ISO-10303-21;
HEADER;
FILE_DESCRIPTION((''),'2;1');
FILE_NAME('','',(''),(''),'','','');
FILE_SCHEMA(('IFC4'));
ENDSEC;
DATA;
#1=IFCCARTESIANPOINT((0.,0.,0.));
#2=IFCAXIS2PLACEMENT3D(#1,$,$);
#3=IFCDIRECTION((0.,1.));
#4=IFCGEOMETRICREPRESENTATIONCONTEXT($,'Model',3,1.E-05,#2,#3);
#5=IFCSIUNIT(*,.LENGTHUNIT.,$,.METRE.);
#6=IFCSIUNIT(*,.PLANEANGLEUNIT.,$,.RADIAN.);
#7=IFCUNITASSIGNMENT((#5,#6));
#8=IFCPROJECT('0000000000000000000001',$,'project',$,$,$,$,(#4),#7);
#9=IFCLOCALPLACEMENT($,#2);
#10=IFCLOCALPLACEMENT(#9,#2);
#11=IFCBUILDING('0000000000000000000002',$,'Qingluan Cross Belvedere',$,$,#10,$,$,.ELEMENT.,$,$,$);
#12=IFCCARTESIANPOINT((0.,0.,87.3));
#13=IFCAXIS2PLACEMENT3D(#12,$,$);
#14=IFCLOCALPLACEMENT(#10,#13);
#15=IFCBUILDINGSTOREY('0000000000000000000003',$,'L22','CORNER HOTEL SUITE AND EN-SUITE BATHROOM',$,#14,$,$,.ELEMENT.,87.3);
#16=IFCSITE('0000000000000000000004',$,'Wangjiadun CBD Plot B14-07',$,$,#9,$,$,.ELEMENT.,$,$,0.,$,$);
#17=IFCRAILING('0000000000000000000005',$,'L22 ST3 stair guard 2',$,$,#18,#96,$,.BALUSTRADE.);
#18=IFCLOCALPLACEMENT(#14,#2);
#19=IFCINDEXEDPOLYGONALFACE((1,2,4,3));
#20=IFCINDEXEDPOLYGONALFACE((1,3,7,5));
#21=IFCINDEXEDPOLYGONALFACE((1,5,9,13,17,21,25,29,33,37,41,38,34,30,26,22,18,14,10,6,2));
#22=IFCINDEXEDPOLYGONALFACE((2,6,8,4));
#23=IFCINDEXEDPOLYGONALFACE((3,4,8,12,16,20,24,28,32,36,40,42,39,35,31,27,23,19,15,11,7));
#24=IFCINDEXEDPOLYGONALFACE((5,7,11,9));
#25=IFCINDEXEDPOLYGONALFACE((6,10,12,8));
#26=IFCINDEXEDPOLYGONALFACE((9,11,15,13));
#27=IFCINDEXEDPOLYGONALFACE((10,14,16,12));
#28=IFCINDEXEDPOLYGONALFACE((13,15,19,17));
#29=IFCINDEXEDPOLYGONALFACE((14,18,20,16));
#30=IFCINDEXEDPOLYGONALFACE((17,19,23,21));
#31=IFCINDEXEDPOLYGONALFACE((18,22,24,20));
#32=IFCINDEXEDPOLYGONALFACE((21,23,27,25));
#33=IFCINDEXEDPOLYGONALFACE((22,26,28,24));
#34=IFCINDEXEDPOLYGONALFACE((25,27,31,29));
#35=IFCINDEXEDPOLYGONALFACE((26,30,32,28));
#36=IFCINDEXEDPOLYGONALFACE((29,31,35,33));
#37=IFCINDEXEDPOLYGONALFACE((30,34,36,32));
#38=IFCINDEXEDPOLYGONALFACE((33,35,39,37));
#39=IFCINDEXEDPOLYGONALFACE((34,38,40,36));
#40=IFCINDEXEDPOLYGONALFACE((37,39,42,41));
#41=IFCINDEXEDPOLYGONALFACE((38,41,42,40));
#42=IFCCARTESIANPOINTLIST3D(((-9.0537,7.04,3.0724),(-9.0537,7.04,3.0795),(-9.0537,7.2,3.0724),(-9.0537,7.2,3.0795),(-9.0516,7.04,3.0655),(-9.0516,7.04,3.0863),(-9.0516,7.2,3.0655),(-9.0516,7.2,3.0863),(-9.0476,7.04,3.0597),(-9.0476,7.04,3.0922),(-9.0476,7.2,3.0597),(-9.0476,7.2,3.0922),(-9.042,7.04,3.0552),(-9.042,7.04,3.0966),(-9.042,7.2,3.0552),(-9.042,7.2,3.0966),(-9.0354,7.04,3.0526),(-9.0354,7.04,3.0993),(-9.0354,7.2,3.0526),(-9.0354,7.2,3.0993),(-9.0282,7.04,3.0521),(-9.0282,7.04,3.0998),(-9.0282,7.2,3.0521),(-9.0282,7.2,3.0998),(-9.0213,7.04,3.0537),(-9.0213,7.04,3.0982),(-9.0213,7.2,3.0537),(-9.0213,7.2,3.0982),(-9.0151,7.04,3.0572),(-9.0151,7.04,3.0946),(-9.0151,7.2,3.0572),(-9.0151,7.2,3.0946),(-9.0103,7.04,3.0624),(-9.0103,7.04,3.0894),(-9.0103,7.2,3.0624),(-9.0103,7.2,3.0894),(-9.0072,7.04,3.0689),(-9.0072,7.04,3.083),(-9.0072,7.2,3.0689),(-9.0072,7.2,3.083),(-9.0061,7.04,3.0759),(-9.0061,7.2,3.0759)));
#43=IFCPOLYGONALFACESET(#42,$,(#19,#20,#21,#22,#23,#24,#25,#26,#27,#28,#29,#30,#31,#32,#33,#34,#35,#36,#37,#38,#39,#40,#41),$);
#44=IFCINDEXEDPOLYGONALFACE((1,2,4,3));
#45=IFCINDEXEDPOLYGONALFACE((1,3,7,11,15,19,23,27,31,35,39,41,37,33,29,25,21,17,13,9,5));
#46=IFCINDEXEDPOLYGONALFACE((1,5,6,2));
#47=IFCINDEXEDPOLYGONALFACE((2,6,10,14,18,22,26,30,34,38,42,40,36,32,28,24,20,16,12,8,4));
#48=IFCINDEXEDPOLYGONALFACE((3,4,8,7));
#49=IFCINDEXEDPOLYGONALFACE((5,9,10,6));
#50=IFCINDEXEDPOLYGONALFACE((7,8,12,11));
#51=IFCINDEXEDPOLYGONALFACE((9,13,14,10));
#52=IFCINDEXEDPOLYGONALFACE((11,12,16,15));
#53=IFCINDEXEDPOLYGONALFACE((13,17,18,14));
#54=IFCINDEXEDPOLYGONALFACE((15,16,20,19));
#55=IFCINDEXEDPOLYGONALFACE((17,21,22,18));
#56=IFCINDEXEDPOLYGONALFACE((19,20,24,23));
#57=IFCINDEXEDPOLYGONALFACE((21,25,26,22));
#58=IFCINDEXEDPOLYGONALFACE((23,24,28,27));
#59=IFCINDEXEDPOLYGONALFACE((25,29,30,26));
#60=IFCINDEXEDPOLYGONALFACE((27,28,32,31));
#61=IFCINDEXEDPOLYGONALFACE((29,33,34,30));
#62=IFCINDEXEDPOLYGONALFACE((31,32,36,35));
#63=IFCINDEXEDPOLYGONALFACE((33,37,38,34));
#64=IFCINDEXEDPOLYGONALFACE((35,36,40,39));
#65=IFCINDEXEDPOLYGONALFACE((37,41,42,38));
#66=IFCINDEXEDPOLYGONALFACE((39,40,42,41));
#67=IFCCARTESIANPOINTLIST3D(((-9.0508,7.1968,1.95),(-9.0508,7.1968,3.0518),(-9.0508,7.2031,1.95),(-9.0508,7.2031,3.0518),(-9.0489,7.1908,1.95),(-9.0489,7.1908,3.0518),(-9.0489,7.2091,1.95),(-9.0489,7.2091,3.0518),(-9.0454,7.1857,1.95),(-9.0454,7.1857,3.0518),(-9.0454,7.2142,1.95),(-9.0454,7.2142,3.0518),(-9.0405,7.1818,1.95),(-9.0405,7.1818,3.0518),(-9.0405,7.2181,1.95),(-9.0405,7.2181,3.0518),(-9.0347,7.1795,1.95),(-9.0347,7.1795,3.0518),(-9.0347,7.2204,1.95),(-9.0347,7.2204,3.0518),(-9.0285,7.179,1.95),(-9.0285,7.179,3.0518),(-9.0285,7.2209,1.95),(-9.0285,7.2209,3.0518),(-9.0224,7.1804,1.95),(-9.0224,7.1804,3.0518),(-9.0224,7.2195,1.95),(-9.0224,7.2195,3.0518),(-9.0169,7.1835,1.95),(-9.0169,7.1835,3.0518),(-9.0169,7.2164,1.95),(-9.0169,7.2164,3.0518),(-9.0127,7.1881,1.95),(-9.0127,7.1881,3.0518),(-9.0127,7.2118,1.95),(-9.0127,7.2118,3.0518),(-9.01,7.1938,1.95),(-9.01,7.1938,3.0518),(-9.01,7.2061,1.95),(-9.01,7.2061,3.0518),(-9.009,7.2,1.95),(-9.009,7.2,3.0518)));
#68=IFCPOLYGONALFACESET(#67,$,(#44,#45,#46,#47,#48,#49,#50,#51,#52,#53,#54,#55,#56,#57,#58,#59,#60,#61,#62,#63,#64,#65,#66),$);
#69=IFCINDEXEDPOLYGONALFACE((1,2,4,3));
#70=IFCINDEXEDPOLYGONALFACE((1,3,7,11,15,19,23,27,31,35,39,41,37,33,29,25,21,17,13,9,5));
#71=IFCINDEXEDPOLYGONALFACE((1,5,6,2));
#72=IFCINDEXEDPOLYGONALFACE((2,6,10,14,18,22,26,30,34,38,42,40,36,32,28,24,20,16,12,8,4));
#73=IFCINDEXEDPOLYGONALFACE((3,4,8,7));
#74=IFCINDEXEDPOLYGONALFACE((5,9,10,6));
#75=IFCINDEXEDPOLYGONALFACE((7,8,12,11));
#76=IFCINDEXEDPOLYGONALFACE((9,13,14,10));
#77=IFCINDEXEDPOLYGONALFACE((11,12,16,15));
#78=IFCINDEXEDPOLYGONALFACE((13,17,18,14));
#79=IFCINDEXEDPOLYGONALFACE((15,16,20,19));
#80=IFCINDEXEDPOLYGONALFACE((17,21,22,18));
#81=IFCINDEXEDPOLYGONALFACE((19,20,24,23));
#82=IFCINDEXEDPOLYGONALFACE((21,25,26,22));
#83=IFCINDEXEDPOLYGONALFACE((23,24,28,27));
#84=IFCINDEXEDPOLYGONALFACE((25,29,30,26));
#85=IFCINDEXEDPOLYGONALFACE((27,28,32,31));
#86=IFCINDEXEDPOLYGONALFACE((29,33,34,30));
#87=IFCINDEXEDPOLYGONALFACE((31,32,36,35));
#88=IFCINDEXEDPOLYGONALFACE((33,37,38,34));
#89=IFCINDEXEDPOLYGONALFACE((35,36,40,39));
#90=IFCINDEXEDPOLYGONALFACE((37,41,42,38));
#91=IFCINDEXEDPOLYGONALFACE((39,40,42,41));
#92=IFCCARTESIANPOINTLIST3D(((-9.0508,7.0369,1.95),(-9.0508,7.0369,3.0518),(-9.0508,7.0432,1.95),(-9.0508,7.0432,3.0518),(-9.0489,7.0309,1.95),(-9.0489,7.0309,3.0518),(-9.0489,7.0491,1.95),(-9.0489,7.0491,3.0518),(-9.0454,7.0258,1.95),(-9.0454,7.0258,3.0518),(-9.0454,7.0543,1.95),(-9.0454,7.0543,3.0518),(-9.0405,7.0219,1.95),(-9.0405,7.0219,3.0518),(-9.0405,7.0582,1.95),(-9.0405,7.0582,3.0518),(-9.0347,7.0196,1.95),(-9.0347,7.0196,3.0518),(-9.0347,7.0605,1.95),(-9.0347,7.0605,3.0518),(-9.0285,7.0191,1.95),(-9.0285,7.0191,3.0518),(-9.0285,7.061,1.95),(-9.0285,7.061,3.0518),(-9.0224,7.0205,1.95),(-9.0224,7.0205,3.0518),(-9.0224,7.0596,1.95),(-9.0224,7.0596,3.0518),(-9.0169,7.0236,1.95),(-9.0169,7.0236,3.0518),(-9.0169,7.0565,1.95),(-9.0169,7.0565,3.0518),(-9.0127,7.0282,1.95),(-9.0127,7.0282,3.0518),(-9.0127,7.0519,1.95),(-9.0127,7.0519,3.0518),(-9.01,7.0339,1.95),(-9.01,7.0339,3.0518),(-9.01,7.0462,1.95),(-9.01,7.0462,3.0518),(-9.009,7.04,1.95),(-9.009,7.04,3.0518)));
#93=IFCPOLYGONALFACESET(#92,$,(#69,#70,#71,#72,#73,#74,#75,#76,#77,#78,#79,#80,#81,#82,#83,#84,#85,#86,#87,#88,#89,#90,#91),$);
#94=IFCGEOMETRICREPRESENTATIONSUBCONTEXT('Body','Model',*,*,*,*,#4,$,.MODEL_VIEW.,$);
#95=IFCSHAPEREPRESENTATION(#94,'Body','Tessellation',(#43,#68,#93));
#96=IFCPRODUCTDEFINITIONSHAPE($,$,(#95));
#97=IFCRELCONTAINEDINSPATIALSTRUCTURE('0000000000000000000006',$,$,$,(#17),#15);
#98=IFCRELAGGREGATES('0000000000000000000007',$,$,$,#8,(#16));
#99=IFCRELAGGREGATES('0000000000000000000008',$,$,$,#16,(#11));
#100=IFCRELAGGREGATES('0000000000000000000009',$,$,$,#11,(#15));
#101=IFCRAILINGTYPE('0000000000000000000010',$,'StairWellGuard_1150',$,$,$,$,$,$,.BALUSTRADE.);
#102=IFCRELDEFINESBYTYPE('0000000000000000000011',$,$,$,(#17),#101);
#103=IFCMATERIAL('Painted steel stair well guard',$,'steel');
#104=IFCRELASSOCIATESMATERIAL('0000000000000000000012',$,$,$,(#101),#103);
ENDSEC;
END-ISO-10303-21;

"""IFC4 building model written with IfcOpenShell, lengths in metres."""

from ifc_helpers import new_model, si_unit, direction, frame, origin, origin_2d, place, context, subcontext, project, spatial, circle, extrude, material, type_object, element, save


model = new_model("IFC4")

# Units and contexts
model_context = context("Model", 3, precision=1e-05, world=origin(), true_north=direction((0.0, 1.0)))
body_context = subcontext(model_context, "Body", "Model", "MODEL_VIEW")
ifc_project = project(units=[si_unit("LENGTHUNIT", "METRE"), si_unit("PLANEANGLEUNIT", "RADIAN")], contexts=[model_context])

# Site, building, storey
site_placement = place(None, origin())
site = spatial("IfcSite", under=ifc_project, at=site_placement, Name="Wangjiadun CBD Plot B14-07", CompositionType="ELEMENT", RefElevation=0.0)
building_placement = place(site_placement, origin())
building = spatial("IfcBuilding", under=site, at=building_placement, Name="Qingluan Cross Belvedere", CompositionType="ELEMENT")
storey_placement = place(building_placement, frame((0.0, 0.0, 87.3)))
storey = spatial("IfcBuildingStorey", under=building, at=storey_placement, Name="L22", Description="CORNER HOTEL SUITE AND EN-SUITE BATHROOM", CompositionType="ELEMENT", Elevation=87.3)

# Railing
ifc_material_1 = material(Name="Painted steel stair well guard", Category="steel")
railing_type_1 = type_object("IfcRailingType", Name="StairWellGuard_1150", PredefinedType="BALUSTRADE", material=ifc_material_1)
railing_1_placement = place(storey_placement, frame((-9.03, 7.2, 1.95)))
element("IfcRailing", 1, at=railing_1_placement, inside=storey, type_object=railing_type_1, Name="L22 ST3 stair guard 2", PredefinedType="BALUSTRADE", context=body_context, shape_type="SweptSolid", body=[
    extrude(circle(Radius=0.0239, at=origin_2d()), frame((0.0, 0.0, 1.126), z_axis=(0.0, -1.0, 0.0), x_axis=(1.0, 0.0, 0.0)), (0.0, 0.0, 1.0), 0.1599),
    extrude(circle(Radius=0.021, at=origin_2d()), origin(), (0.0, 0.0, 1.0), 1.1018),
    extrude(circle(Radius=0.021, at=origin_2d()), frame((0.0, -0.1599, 0.0)), (0.0, 0.0, 1.0), 1.1018),
])

save(model, "model.ifc")
